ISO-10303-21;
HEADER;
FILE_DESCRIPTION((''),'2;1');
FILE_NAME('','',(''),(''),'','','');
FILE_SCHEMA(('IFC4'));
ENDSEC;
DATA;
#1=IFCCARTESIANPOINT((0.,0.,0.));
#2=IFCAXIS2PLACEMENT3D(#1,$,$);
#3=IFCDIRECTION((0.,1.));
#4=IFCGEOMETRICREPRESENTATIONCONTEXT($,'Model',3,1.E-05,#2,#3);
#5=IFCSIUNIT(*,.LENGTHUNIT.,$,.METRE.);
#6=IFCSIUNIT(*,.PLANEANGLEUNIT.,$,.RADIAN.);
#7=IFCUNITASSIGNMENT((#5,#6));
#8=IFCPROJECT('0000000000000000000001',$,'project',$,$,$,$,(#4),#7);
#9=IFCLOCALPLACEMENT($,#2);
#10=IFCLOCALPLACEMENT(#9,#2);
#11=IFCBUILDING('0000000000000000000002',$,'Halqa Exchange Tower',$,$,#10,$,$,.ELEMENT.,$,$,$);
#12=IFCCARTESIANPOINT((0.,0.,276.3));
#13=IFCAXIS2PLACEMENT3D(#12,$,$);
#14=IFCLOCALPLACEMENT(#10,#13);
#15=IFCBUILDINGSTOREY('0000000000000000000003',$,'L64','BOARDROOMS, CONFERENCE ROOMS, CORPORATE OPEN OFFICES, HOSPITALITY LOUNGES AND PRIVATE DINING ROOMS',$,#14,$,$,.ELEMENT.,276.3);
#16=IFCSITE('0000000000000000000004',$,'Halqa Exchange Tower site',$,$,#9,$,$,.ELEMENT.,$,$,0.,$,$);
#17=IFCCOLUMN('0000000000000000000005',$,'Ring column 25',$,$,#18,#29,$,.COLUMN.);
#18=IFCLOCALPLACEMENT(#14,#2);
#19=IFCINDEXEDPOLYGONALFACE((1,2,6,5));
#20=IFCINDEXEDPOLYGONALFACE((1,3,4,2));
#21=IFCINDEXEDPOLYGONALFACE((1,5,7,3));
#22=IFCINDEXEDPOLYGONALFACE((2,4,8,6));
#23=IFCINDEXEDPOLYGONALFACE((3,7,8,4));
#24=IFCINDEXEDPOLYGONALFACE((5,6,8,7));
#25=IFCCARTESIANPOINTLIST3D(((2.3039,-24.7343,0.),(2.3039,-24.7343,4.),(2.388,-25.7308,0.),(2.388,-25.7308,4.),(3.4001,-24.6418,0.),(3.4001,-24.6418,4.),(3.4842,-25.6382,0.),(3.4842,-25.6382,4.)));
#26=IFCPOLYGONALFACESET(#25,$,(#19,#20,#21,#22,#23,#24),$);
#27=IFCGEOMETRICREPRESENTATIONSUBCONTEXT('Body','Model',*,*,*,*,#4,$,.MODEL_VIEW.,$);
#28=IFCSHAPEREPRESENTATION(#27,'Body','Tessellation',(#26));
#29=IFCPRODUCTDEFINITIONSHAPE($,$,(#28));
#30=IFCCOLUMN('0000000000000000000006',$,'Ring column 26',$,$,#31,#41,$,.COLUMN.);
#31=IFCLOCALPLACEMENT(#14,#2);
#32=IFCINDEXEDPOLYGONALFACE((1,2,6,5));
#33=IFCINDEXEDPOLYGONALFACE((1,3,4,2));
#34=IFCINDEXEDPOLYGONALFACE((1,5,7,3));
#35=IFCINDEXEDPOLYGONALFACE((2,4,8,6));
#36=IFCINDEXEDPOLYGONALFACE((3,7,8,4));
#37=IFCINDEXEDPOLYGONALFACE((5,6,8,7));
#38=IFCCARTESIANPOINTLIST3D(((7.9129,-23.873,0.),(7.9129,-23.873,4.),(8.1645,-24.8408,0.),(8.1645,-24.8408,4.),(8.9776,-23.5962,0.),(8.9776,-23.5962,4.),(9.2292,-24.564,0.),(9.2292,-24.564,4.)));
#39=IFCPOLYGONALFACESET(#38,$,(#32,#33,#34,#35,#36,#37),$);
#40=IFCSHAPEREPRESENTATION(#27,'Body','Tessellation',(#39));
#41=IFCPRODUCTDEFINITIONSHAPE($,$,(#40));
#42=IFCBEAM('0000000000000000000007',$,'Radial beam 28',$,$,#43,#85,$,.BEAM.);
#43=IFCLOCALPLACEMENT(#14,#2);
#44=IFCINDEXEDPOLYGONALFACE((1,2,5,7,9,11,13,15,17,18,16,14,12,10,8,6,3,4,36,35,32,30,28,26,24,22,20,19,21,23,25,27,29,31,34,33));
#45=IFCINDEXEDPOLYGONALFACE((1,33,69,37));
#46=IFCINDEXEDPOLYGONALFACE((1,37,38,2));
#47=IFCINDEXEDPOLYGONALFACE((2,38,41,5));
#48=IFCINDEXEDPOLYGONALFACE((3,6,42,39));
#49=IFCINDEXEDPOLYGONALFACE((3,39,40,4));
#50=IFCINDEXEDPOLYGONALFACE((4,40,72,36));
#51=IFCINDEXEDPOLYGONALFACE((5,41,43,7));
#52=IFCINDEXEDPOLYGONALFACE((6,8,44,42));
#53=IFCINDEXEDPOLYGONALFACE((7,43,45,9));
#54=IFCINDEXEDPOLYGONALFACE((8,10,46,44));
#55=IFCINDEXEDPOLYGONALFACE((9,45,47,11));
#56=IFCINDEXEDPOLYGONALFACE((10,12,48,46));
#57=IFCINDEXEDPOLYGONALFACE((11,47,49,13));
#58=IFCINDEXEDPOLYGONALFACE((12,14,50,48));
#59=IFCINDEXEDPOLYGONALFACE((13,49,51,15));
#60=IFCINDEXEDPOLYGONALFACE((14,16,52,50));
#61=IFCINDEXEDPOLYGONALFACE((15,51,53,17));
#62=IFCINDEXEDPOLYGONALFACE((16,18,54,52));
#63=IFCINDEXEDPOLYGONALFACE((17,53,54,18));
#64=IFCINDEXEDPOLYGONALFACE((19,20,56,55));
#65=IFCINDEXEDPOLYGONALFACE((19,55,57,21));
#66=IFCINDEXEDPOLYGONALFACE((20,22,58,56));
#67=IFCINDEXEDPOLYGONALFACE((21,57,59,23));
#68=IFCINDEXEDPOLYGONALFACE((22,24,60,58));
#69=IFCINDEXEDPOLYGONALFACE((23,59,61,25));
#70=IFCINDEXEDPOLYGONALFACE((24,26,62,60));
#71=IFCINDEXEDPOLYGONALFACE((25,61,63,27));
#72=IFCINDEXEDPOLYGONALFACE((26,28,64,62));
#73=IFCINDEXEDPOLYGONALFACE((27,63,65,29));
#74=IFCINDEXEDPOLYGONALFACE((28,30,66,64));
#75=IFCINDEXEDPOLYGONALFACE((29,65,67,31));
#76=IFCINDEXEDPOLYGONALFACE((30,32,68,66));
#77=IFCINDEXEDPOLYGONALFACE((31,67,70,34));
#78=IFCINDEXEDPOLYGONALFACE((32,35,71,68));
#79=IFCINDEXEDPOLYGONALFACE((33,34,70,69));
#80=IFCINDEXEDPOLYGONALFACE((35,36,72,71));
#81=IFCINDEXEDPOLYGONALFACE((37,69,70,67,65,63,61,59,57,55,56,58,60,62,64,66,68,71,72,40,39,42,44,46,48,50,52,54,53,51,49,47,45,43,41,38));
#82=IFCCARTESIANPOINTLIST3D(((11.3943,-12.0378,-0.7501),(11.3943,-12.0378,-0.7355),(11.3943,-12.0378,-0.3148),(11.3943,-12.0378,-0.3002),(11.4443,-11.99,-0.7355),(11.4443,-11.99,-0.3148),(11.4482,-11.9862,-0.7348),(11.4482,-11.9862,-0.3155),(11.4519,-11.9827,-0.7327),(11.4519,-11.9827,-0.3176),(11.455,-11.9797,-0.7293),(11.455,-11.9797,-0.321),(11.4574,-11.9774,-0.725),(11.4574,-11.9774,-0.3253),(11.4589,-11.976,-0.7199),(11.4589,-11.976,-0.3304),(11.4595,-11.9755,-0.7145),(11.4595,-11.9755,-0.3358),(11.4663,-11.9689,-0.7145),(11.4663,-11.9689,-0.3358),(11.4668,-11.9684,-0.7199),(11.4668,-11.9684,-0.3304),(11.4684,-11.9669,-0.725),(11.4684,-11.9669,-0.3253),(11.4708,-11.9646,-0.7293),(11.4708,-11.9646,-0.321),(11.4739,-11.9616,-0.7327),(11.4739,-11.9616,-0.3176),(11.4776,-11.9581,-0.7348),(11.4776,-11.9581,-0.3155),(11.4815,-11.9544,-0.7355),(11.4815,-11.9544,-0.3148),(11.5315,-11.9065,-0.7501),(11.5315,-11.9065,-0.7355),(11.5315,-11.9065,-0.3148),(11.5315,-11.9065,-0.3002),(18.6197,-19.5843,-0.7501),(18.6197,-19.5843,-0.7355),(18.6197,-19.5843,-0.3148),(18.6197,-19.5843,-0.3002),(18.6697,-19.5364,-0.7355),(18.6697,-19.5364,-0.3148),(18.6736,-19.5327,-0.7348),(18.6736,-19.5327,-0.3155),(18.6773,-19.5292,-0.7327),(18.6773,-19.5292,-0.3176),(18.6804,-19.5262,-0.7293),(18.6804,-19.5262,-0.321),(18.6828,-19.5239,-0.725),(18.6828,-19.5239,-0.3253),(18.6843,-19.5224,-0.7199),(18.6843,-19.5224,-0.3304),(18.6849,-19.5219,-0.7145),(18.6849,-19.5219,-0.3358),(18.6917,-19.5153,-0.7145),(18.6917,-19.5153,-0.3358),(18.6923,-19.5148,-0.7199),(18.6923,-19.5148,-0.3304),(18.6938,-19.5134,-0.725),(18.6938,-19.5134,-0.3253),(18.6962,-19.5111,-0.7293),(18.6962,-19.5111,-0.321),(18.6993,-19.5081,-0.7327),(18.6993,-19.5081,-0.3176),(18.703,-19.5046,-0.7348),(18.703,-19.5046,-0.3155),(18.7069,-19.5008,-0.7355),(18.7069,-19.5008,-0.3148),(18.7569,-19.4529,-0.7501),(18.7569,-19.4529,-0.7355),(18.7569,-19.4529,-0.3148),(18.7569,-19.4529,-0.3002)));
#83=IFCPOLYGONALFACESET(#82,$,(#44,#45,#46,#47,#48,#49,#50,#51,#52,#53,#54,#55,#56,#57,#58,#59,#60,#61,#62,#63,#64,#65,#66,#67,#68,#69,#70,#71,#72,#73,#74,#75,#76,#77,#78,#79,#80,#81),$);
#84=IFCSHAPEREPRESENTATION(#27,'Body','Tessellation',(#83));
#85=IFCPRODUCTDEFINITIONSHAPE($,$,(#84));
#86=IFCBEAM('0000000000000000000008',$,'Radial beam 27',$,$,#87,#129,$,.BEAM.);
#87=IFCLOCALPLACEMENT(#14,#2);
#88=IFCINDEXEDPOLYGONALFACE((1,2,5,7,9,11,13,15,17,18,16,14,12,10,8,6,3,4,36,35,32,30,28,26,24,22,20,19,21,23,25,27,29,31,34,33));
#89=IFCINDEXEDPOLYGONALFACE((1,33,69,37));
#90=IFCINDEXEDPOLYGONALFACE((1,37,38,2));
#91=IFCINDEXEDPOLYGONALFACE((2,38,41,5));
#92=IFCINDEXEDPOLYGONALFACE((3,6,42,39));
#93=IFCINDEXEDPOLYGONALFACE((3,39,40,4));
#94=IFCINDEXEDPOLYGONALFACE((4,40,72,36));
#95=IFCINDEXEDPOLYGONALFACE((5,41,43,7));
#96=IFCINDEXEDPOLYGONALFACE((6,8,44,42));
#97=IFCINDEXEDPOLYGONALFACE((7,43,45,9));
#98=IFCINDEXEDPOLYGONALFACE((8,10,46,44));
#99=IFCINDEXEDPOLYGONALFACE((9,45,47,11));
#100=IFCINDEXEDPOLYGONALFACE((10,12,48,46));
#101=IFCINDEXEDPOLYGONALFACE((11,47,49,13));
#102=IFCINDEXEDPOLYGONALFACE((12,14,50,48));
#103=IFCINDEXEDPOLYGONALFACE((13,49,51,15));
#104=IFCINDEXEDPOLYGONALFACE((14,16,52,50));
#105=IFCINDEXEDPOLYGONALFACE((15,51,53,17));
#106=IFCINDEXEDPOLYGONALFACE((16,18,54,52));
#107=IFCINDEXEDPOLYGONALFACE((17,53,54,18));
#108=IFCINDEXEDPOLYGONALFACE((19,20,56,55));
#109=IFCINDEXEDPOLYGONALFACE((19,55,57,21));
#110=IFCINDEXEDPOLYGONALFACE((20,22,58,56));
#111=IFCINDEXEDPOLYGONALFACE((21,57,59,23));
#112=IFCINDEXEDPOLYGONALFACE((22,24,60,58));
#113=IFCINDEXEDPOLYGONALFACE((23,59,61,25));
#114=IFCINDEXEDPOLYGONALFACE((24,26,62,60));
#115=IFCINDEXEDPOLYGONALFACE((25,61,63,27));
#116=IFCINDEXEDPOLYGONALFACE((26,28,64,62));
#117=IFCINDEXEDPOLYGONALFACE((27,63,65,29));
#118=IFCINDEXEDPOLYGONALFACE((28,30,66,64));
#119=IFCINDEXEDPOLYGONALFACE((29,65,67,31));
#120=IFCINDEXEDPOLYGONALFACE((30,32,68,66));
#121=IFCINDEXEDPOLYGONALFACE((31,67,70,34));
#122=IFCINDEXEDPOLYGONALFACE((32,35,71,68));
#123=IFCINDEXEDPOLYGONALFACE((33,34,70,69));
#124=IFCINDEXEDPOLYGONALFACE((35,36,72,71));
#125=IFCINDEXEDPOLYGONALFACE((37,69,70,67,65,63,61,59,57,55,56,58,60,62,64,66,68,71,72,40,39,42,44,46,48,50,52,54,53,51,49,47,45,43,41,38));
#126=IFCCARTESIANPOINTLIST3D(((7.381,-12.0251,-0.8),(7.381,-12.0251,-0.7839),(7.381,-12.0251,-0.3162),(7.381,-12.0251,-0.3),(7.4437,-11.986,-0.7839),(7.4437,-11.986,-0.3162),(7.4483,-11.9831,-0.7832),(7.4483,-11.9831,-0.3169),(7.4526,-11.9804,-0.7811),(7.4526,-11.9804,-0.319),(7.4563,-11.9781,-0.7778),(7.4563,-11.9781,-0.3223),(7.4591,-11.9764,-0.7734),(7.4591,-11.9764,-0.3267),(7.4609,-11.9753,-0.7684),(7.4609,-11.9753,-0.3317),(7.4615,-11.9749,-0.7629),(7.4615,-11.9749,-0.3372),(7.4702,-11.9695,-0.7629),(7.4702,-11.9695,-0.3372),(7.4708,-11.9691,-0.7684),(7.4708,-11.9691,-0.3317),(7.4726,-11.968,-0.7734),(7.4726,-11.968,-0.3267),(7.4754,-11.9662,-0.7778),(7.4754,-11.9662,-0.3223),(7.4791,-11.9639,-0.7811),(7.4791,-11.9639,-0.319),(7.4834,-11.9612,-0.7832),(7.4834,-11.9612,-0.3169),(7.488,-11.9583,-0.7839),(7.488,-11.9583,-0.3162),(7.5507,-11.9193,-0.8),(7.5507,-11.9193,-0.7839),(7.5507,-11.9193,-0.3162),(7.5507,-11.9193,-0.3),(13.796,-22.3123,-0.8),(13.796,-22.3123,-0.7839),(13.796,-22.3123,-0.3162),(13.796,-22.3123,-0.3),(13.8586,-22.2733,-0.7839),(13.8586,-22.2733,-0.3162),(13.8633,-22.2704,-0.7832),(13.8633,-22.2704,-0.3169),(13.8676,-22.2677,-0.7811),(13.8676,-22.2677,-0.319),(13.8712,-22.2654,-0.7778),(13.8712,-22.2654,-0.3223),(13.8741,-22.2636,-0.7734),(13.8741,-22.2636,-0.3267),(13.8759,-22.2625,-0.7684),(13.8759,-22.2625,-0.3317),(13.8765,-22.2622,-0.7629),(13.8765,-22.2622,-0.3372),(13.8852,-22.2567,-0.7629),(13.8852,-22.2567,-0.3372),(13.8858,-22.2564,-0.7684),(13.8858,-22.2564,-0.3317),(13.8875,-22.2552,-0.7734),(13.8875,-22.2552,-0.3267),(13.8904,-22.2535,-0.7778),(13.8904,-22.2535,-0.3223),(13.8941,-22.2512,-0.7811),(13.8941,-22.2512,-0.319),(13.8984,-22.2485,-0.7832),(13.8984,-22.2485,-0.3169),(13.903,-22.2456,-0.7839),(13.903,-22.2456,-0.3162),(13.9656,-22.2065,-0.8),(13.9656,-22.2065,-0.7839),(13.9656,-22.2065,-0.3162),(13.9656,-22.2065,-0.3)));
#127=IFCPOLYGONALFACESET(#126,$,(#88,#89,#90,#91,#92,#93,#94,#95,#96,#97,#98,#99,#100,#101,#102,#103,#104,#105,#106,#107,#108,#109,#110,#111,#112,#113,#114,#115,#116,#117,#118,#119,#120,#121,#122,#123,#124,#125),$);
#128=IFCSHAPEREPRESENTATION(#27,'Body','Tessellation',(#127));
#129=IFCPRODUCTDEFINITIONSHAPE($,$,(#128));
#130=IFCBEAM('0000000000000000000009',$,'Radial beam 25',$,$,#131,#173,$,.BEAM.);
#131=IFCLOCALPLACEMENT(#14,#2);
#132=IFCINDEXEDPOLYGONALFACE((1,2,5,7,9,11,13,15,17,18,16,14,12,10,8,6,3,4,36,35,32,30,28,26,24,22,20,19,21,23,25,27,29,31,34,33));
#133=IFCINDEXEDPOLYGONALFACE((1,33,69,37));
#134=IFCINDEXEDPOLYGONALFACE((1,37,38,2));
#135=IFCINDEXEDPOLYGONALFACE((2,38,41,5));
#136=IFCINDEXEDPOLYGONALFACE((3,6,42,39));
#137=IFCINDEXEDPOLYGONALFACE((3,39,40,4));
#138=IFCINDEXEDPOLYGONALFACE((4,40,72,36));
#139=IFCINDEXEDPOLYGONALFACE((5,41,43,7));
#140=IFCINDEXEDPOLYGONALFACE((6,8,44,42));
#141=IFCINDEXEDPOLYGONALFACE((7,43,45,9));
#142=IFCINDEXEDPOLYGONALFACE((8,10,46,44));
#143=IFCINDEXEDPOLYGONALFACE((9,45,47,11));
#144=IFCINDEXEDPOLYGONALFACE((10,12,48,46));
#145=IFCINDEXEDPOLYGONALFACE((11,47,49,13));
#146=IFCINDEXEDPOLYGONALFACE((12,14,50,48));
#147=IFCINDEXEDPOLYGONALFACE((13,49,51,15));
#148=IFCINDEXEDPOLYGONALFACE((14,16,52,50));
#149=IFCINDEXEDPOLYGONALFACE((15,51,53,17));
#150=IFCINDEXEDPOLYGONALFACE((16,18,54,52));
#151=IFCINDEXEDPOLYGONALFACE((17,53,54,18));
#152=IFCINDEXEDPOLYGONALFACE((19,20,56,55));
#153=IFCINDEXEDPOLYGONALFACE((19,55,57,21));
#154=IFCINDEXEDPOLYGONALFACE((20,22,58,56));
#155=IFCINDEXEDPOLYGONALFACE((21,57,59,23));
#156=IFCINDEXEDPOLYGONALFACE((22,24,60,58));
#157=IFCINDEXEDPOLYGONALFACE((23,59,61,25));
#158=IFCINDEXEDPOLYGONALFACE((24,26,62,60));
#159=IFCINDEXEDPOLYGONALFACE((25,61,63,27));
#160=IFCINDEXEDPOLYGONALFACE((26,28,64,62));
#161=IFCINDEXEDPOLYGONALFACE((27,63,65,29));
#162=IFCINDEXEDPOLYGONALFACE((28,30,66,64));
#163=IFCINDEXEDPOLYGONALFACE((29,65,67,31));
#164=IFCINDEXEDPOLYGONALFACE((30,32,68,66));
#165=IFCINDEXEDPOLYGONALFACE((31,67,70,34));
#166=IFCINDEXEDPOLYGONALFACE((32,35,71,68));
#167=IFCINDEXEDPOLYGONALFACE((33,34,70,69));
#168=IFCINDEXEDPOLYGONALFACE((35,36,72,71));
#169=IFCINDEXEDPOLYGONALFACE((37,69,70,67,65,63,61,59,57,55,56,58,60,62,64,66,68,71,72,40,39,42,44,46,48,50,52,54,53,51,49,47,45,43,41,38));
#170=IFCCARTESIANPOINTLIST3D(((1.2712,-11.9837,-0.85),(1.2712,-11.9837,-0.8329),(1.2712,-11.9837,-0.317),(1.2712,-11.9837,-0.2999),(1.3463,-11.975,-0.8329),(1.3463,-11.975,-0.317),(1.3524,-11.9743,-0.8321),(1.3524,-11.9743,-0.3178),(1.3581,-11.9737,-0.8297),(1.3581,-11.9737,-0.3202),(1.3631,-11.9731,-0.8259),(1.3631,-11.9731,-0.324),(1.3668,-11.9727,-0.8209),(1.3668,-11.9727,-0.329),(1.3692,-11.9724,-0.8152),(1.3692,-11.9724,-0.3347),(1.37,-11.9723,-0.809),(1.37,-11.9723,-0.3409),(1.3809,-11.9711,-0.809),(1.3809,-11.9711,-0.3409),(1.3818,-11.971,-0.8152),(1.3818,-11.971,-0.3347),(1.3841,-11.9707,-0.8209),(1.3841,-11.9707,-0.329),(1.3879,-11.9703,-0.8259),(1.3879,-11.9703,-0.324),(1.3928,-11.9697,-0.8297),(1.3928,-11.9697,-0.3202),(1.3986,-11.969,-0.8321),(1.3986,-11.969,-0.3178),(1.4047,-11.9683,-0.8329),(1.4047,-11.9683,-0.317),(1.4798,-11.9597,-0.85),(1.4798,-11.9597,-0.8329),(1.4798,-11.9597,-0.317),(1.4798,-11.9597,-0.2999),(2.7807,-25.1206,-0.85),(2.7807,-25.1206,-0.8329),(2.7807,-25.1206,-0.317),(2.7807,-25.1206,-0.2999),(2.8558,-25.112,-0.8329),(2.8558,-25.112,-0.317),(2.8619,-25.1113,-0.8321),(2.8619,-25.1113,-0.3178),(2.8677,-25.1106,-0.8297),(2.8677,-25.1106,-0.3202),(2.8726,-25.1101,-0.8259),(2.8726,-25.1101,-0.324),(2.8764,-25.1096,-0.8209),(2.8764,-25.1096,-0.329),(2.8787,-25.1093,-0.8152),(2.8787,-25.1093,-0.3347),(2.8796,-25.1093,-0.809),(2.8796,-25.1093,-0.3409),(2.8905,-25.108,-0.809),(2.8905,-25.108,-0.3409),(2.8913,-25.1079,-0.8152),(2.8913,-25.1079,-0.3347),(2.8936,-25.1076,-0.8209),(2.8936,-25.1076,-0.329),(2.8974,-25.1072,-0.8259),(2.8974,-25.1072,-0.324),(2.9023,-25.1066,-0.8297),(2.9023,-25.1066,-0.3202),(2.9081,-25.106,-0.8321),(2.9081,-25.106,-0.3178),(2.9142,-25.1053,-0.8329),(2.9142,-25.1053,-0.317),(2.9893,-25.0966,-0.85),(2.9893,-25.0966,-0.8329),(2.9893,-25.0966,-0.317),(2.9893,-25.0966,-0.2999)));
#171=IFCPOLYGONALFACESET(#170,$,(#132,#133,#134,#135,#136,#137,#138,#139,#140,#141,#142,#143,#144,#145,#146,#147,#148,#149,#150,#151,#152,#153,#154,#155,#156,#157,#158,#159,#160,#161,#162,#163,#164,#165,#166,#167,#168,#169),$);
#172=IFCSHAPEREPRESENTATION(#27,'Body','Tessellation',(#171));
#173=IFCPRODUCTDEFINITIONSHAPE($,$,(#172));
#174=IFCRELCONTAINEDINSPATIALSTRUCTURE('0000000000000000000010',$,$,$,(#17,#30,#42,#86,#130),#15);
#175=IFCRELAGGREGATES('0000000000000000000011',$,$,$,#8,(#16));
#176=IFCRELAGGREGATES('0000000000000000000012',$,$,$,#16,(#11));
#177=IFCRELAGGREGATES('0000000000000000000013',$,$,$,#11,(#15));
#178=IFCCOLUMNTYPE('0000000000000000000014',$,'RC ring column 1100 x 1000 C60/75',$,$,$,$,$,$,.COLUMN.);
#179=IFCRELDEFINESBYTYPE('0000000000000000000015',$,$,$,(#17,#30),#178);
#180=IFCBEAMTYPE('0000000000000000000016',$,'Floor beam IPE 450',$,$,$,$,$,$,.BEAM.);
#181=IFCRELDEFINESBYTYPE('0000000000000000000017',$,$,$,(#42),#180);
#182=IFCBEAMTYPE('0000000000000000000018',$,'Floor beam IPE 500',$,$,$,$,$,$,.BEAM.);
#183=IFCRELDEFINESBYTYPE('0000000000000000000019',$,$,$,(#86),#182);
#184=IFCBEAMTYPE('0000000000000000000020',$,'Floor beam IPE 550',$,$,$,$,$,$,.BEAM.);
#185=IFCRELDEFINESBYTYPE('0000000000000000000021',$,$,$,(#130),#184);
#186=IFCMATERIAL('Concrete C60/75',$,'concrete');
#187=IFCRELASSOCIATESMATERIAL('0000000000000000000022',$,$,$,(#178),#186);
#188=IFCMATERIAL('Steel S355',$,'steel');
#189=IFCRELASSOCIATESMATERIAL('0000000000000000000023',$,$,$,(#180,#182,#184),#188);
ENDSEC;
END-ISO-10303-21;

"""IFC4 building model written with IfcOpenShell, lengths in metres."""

from ifc_helpers import new_model, si_unit, direction, frame, origin, origin_2d, place, context, subcontext, project, spatial, rectangle, i_section, extrude, material, material_profile, profile_set, type_object, element, save


model = new_model("IFC4")

# Units and contexts
model_context = context("Model", 3, precision=1e-05, world=origin(), true_north=direction((0.0, 1.0)))
body_context = subcontext(model_context, "Body", "Model", "MODEL_VIEW")
ifc_project = project(units=[si_unit("LENGTHUNIT", "METRE"), si_unit("PLANEANGLEUNIT", "RADIAN")], contexts=[model_context])

# Site, building, storey
site_placement = place(None, origin())
site = spatial("IfcSite", under=ifc_project, at=site_placement, Name="Halqa Exchange Tower site", CompositionType="ELEMENT", RefElevation=0.0)
building_placement = place(site_placement, origin())
building = spatial("IfcBuilding", under=site, at=building_placement, Name="Halqa Exchange Tower", CompositionType="ELEMENT")
storey_placement = place(building_placement, frame((0.0, 0.0, 276.3)))
storey = spatial("IfcBuildingStorey", under=building, at=storey_placement, Name="L64", Description="BOARDROOMS, CONFERENCE ROOMS, CORPORATE OPEN OFFICES, HOSPITALITY LOUNGES AND PRIVATE DINING ROOMS", CompositionType="ELEMENT", Elevation=276.3)

# Columns
ifc_material_1 = material(Name="Concrete C60/75", Category="concrete")
ifc_material_profile_1 = material_profile(ifc_material_1, rectangle(XDim=1.1001, YDim=1.0, at=origin_2d()), Name="1100 x 1000")
ifc_profile_set_1 = profile_set([ifc_material_profile_1], Name="Concrete C60/75")
column_type = type_object("IfcColumnType", Name="RC ring column 1100 x 1000 C60/75", PredefinedType="COLUMN", material=ifc_profile_set_1)
for number, where, z_axis, x_axis, name in (
    (1, (2.894, -25.1863, 0.0), (0.0, 0.0, 1.0), (0.996456, 0.084121, 0.0), "Ring column 25"),
    (2, (8.571, -24.2185, 0.0), (0.0, 0.0, 1.0), (0.96782, 0.251644, 0.0), "Ring column 26"),
):
    element("IfcColumn", number, at=place(storey_placement, frame(where, z_axis=z_axis, x_axis=x_axis)), inside=storey, type_object=column_type, Name=name, PredefinedType="COLUMN", context=body_context, shape_type="SweptSolid", body=[
        extrude(rectangle(XDim=1.1001, YDim=1.0, at=origin_2d()), origin(), (0.0, 0.0, 1.0), 4.0),
    ])

# Beams
ifc_material_2 = material(Name="Steel S355", Category="steel")
ifc_material_profile_2 = material_profile(ifc_material_2, i_section(OverallWidth=0.1899, OverallDepth=0.45, WebThickness=0.0095, FlangeThickness=0.0146, FilletRadius=0.021, at=origin_2d()), Name="IPE 450")
ifc_profile_set_2 = profile_set([ifc_material_profile_2], Name="Steel S355")
beam_type_1 = type_object("IfcBeamType", Name="Floor beam IPE 450", PredefinedType="BEAM", material=ifc_profile_set_2)
beam_1_placement = place(storey_placement, frame((11.4629, -11.9722, -0.5251), z_axis=(0.691575, -0.722304, 0.0), x_axis=(0.722304, 0.691575, 0.0)))
element("IfcBeam", 3, at=beam_1_placement, inside=storey, type_object=beam_type_1, Name="Radial beam 28", PredefinedType="BEAM", context=body_context, shape_type="SweptSolid", body=[
    extrude(i_section(OverallWidth=0.1899, OverallDepth=0.45, WebThickness=0.0095, FlangeThickness=0.0146, FilletRadius=0.021, at=origin_2d()), origin(), (0.0, 0.0, 1.0), 10.4478),
])
ifc_material_profile_3 = material_profile(ifc_material_2, i_section(OverallWidth=0.2, OverallDepth=0.5, WebThickness=0.0103, FlangeThickness=0.0161, FilletRadius=0.021, at=origin_2d()), Name="IPE 500")
ifc_profile_set_3 = profile_set([ifc_material_profile_3], Name="Steel S355")
beam_type_2 = type_object("IfcBeamType", Name="Floor beam IPE 500", PredefinedType="BEAM", material=ifc_profile_set_3)
beam_2_placement = place(storey_placement, frame((7.4658, -11.9722, -0.55), z_axis=(0.529135, -0.848538, 0.0), x_axis=(0.848538, 0.529135, 0.0)))
element("IfcBeam", 4, at=beam_2_placement, inside=storey, type_object=beam_type_2, Name="Radial beam 27", PredefinedType="BEAM", context=body_context, shape_type="SweptSolid", body=[
    extrude(i_section(OverallWidth=0.2, OverallDepth=0.5, WebThickness=0.0103, FlangeThickness=0.0161, FilletRadius=0.021, at=origin_2d()), origin(), (0.0, 0.0, 1.0), 12.1235),
])
ifc_material_profile_4 = material_profile(ifc_material_2, i_section(OverallWidth=0.21, OverallDepth=0.55, WebThickness=0.011, FlangeThickness=0.0171, FilletRadius=0.0239, at=origin_2d()), Name="IPE 550")
ifc_profile_set_4 = profile_set([ifc_material_profile_4], Name="Steel S355")
beam_type_3 = type_object("IfcBeamType", Name="Floor beam IPE 550", PredefinedType="BEAM", material=ifc_profile_set_4)
beam_3_placement = place(storey_placement, frame((1.3755, -11.9717, -0.575), z_axis=(0.114155, -0.993463, 0.0), x_axis=(0.993463, 0.114155, 0.0)))
element("IfcBeam", 5, at=beam_3_placement, inside=storey, type_object=beam_type_3, Name="Radial beam 25", PredefinedType="BEAM", context=body_context, shape_type="SweptSolid", body=[
    extrude(i_section(OverallWidth=0.21, OverallDepth=0.55, WebThickness=0.011, FlangeThickness=0.0171, FilletRadius=0.0239, at=origin_2d()), origin(), (0.0, 0.0, 1.0), 13.2234),
])

save(model, "model.ifc")
